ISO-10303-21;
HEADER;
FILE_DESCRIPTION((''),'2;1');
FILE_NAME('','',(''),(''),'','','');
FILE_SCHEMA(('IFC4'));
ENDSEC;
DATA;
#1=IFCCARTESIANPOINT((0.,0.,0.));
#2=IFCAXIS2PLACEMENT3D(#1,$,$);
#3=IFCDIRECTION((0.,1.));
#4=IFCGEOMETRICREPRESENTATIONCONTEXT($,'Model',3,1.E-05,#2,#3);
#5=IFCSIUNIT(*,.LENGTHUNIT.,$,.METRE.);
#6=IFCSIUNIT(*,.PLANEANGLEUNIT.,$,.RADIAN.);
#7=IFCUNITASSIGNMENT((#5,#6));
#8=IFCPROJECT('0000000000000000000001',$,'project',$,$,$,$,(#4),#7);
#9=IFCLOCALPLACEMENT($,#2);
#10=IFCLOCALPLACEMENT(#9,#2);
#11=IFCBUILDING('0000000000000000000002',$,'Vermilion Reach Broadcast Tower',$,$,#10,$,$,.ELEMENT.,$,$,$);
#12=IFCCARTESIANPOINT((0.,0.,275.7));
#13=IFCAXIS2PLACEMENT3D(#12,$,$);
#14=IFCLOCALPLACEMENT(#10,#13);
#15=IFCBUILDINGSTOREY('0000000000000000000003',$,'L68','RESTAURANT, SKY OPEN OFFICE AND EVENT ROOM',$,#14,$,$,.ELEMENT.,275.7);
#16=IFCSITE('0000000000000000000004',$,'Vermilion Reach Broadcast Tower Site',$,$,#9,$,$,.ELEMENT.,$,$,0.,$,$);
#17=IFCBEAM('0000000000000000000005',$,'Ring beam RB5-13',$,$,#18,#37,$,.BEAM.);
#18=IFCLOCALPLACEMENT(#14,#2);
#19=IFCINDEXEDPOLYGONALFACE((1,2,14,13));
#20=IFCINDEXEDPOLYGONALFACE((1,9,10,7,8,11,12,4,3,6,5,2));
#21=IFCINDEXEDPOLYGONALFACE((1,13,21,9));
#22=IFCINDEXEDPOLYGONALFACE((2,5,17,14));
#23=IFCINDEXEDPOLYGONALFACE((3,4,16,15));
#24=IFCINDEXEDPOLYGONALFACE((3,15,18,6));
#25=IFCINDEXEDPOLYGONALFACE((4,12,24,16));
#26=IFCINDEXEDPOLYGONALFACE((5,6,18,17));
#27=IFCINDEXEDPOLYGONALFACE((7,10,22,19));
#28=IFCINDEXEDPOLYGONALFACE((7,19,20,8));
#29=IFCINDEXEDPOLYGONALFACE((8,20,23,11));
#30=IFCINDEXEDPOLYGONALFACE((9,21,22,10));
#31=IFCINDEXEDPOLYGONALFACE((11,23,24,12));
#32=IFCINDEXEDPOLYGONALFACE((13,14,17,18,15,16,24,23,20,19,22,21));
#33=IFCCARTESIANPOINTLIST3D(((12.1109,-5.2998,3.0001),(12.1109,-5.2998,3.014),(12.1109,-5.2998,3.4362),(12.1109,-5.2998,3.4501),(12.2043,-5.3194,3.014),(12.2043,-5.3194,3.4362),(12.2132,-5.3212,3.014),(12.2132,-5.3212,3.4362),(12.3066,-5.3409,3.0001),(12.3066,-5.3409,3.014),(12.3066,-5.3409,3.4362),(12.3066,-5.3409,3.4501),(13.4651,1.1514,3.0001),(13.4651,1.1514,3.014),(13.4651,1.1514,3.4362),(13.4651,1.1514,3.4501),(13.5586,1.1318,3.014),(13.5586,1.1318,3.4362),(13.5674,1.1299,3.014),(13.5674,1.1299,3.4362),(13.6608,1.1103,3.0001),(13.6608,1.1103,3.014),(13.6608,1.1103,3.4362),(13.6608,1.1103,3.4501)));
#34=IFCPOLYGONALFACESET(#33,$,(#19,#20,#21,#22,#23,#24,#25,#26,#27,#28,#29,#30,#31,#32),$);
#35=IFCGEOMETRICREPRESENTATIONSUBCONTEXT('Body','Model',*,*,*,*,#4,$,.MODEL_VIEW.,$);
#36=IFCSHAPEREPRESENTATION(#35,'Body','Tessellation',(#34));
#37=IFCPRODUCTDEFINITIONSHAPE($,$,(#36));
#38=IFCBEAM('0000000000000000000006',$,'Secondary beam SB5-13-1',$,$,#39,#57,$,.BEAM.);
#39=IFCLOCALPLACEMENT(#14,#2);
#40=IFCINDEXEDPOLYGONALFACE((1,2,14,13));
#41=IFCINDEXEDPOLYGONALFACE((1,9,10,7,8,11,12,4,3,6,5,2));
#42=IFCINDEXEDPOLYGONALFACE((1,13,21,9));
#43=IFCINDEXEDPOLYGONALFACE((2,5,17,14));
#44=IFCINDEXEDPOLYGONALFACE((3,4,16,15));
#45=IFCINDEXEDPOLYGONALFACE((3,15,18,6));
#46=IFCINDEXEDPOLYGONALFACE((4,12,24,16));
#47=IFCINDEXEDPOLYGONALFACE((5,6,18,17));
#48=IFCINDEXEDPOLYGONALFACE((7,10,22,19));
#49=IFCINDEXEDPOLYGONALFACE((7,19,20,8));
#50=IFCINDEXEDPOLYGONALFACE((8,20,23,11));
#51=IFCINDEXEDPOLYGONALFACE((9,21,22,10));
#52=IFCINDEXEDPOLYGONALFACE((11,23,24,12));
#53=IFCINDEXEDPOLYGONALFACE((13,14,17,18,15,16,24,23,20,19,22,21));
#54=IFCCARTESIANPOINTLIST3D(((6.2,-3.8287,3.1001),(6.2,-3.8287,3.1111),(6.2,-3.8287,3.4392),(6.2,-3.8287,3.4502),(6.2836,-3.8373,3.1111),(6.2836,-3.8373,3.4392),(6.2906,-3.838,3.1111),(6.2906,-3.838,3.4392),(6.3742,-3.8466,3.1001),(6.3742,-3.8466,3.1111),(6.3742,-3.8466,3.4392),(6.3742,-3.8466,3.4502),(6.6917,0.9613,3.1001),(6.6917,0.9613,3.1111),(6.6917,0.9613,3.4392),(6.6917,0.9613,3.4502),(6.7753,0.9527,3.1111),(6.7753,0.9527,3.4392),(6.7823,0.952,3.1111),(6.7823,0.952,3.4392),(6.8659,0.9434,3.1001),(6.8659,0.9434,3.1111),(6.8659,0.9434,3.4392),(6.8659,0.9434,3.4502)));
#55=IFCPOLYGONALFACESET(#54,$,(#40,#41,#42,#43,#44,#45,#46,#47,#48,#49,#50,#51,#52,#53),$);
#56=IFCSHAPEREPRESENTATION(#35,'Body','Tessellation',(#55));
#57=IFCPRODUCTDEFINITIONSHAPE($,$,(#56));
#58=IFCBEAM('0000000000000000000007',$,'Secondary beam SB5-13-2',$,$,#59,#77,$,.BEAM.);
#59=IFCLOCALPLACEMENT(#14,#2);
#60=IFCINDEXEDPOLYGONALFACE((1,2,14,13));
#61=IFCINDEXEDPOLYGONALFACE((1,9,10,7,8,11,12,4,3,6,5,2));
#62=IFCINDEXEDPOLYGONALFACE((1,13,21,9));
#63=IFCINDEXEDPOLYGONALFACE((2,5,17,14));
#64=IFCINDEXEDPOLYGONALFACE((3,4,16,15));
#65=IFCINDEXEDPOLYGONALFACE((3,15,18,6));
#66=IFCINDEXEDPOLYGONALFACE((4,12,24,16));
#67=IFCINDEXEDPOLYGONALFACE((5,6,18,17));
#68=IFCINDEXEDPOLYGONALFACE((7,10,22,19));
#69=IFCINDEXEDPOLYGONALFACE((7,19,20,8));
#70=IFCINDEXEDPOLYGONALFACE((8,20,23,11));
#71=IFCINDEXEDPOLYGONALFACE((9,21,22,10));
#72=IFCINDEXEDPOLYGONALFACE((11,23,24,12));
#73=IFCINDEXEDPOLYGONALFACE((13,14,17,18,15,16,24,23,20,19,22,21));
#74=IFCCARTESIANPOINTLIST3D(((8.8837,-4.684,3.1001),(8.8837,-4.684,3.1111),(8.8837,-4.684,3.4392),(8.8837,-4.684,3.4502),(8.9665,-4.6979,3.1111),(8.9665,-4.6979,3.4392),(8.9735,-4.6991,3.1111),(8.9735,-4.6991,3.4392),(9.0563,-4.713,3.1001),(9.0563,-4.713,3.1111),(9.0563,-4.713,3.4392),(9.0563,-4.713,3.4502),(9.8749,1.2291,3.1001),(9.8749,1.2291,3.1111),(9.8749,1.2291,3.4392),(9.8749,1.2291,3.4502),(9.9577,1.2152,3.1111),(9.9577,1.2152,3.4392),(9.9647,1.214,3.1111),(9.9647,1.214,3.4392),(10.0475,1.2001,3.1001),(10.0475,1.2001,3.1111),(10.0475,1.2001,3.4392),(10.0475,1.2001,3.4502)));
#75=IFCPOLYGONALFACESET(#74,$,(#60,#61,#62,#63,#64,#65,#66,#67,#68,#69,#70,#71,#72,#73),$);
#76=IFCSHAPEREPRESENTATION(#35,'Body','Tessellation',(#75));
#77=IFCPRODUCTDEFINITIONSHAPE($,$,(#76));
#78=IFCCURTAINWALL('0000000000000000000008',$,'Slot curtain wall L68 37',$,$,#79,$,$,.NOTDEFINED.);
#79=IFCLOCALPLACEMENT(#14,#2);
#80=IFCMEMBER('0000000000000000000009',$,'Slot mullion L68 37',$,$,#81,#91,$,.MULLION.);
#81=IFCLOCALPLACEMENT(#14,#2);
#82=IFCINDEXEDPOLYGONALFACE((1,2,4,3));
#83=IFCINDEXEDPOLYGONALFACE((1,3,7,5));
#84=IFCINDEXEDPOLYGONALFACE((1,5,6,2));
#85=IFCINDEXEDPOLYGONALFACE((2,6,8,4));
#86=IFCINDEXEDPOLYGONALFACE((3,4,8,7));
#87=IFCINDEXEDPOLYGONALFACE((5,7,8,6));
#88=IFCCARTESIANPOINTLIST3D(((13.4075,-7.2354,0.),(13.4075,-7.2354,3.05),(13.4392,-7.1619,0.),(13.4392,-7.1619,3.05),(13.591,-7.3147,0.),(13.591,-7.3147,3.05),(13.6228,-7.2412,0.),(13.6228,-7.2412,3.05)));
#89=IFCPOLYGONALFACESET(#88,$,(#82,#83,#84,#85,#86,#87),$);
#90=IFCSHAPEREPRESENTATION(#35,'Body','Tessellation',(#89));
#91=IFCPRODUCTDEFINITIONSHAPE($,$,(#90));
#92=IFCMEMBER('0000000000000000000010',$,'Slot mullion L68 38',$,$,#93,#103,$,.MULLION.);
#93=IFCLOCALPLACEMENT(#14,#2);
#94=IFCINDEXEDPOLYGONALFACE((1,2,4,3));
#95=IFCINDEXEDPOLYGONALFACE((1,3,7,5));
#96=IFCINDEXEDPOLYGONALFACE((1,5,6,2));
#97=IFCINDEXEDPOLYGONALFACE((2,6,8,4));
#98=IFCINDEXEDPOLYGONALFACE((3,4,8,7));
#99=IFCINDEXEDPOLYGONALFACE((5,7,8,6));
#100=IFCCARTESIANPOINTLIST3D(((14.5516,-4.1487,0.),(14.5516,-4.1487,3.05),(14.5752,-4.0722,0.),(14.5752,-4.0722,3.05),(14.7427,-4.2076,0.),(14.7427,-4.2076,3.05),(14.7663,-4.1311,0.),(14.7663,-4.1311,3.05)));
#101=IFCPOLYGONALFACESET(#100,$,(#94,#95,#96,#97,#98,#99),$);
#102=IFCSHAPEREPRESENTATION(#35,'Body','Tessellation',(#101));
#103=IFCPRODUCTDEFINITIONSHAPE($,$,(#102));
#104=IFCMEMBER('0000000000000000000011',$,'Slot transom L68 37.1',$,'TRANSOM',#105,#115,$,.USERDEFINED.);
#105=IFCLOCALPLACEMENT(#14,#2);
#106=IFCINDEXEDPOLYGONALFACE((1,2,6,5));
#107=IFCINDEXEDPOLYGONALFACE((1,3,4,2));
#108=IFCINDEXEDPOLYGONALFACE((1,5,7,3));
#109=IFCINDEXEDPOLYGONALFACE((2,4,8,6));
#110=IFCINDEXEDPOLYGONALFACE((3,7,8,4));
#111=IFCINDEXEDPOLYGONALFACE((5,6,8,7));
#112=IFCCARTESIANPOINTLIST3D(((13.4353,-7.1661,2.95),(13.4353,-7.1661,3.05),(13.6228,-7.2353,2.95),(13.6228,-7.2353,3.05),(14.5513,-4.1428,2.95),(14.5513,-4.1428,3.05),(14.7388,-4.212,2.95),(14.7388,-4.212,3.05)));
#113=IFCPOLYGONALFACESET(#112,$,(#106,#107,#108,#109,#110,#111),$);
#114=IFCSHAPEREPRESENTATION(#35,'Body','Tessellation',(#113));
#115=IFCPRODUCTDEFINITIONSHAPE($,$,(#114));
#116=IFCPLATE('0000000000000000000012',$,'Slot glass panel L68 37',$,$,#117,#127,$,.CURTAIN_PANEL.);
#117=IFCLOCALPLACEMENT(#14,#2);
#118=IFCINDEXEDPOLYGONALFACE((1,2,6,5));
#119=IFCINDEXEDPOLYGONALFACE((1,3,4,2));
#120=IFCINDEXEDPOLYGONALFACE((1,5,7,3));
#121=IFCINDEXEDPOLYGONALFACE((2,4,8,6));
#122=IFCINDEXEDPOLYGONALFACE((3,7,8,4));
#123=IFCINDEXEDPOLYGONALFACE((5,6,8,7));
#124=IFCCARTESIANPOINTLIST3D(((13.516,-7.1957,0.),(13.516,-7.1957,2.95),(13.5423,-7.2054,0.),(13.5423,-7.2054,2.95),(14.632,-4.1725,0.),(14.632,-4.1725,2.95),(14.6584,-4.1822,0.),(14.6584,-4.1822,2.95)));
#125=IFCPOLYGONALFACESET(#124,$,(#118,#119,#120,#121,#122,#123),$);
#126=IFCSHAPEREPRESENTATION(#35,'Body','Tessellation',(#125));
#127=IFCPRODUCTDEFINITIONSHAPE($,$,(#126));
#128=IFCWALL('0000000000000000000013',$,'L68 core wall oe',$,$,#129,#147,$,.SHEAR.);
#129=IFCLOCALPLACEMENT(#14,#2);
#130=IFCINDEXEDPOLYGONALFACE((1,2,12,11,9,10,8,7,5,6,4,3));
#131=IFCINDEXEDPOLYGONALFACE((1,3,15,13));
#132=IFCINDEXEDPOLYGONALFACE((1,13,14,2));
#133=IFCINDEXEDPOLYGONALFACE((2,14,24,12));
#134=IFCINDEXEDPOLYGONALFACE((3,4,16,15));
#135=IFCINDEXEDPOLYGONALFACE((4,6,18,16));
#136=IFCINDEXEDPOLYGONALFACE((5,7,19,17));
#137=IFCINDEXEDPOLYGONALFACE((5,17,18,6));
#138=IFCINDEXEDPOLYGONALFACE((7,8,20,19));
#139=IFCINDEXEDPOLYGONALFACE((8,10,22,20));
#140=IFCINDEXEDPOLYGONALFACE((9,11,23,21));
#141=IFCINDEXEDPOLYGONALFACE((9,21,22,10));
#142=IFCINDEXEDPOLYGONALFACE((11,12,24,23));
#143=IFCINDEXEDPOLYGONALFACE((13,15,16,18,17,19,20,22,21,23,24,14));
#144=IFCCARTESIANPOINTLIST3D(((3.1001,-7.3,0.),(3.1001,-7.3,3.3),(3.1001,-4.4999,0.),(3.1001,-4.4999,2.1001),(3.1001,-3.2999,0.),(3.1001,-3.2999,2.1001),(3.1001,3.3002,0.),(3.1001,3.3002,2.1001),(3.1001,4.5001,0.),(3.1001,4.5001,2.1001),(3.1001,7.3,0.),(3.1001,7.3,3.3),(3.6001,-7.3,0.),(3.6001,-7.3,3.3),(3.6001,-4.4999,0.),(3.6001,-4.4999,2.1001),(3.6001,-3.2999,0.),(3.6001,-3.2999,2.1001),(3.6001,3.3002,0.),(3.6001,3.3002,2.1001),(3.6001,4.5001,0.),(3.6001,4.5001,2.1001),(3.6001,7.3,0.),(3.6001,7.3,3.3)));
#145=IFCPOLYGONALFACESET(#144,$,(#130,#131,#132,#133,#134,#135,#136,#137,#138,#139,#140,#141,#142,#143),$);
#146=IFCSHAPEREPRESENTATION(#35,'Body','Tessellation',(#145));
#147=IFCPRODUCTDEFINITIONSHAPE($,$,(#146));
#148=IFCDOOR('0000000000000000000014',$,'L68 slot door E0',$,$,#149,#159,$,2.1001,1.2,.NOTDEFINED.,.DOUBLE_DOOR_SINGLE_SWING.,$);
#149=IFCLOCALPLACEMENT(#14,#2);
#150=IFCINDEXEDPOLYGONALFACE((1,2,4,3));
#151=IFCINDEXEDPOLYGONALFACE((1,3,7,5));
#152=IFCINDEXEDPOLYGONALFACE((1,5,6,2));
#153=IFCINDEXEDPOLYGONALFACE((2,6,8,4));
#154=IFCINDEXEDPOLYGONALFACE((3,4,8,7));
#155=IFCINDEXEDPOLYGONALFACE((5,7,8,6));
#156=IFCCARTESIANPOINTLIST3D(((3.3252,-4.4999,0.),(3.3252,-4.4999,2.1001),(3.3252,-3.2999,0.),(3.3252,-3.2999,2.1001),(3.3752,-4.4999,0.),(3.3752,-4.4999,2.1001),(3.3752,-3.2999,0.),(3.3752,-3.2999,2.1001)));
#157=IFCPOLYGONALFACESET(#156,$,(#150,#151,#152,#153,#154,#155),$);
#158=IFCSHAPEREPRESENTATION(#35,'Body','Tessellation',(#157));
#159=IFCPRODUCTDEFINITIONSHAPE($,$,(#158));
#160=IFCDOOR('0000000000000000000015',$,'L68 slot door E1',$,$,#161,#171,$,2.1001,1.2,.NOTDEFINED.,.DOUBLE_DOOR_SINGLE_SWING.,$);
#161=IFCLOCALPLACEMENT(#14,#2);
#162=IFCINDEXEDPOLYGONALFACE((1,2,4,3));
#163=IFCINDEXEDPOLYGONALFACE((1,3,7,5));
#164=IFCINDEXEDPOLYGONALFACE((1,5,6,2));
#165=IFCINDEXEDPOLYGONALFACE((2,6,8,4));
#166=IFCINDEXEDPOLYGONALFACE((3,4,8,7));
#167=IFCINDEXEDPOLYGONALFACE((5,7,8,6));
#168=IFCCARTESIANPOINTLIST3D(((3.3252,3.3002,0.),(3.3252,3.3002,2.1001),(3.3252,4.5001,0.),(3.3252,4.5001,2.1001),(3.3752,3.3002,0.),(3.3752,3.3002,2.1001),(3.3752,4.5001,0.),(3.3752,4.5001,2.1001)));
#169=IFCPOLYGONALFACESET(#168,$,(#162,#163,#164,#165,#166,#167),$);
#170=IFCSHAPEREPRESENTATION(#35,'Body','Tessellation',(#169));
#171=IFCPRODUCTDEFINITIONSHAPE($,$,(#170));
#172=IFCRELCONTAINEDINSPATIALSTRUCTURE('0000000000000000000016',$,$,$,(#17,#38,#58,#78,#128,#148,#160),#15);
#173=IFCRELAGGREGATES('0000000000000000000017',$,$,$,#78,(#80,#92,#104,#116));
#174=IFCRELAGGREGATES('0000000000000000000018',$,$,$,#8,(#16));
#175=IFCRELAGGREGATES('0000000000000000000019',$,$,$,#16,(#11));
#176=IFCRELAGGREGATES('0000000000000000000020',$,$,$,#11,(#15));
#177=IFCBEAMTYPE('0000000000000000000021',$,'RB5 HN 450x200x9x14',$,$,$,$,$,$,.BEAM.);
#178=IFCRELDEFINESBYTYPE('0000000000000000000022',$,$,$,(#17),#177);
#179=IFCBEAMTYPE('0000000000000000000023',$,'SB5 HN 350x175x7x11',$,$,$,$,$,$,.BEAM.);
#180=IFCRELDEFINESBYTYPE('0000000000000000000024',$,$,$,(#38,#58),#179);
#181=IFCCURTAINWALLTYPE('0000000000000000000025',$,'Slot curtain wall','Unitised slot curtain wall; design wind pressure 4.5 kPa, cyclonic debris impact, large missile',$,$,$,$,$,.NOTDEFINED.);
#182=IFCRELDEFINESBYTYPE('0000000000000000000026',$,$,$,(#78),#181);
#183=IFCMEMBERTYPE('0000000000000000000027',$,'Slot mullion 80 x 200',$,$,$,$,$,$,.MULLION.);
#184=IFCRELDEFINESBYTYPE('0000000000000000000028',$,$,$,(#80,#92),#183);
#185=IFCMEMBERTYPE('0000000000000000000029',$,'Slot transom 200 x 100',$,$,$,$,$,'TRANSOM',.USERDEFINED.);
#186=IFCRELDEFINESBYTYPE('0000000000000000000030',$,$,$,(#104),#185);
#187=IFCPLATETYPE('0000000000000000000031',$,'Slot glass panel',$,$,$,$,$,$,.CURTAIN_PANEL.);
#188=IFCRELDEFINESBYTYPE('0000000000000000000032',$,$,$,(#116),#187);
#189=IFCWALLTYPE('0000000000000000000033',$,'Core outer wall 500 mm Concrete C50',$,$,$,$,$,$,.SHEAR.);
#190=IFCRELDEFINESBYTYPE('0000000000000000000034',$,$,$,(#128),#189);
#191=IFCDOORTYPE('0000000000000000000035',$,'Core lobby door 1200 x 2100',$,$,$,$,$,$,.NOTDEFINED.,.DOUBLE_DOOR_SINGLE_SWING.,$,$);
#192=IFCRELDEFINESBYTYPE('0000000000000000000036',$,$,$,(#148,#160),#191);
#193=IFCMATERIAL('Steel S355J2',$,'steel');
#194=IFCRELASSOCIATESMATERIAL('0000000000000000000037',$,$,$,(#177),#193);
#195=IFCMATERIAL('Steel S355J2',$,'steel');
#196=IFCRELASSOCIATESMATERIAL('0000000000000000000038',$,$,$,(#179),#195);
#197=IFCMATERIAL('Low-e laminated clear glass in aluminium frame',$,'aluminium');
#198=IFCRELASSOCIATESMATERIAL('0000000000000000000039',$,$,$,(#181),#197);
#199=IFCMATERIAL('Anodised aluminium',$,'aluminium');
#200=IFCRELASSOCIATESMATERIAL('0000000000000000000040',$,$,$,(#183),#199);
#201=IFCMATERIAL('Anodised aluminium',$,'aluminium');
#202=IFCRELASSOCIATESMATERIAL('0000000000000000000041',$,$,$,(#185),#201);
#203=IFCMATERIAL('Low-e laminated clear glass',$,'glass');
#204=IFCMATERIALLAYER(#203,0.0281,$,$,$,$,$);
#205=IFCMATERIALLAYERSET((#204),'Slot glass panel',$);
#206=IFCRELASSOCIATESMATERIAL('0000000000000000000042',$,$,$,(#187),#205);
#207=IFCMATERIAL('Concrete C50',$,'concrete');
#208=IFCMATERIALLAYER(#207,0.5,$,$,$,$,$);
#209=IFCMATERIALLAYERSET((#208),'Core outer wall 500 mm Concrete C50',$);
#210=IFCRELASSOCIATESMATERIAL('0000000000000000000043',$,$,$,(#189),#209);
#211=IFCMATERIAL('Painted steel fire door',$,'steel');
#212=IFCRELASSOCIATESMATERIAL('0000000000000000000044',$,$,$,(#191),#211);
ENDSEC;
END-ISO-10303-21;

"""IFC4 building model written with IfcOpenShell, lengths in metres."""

from ifc_helpers import new_model, si_unit, direction, frame, frame_2d, origin, origin_2d, place, context, subcontext, project, spatial, rectangle, i_section, extrude, material, layer, layer_set, material_profile, profile_set, type_object, element, fill, aggregate, save


model = new_model("IFC4")

# Units and contexts
model_context = context("Model", 3, precision=1e-05, world=origin(), true_north=direction((0.0, 1.0)))
body_context = subcontext(model_context, "Body", "Model", "MODEL_VIEW")
ifc_project = project(units=[si_unit("LENGTHUNIT", "METRE"), si_unit("PLANEANGLEUNIT", "RADIAN")], contexts=[model_context])

# Site, building, storey
site_placement = place(None, origin())
site = spatial("IfcSite", under=ifc_project, at=site_placement, Name="Vermilion Reach Broadcast Tower Site", CompositionType="ELEMENT", RefElevation=0.0)
building_placement = place(site_placement, origin())
building = spatial("IfcBuilding", under=site, at=building_placement, Name="Vermilion Reach Broadcast Tower", CompositionType="ELEMENT")
storey_placement = place(building_placement, frame((0.0, 0.0, 275.7)))
storey = spatial("IfcBuildingStorey", under=building, at=storey_placement, Name="L68", Description="RESTAURANT, SKY OPEN OFFICE AND EVENT ROOM", CompositionType="ELEMENT", Elevation=275.7)

# Beams
ifc_material_1 = material(Name="Steel S355J2", Category="steel")
ifc_material_profile_1 = material_profile(ifc_material_1, i_section(OverallWidth=0.2, OverallDepth=0.45, WebThickness=0.009, FlangeThickness=0.0139, at=origin_2d()), Name="S355J2 HN 450x200x9x14")
ifc_profile_set_1 = profile_set([ifc_material_profile_1], Name="Steel S355J2")
beam_type_1 = type_object("IfcBeamType", Name="RB5 HN 450x200x9x14", PredefinedType="BEAM", material=ifc_profile_set_1)
beam_1_placement = place(storey_placement, frame((12.2087, -5.3203, 3.2251), z_axis=(0.205445, 0.978669, 0.0), x_axis=(-0.978669, 0.205445, 0.0)))
element("IfcBeam", 1, at=beam_1_placement, inside=storey, type_object=beam_type_1, Name="Ring beam RB5-13", PredefinedType="BEAM", context=body_context, shape_type="SweptSolid", body=[
    extrude(i_section(OverallWidth=0.2, OverallDepth=0.45, WebThickness=0.009, FlangeThickness=0.0139, at=origin_2d()), origin(), (0.0, 0.0, 1.0), 6.5918),
])
ifc_material_2 = material(Name="Steel S355J2", Category="steel")
ifc_material_profile_2 = material_profile(ifc_material_2, i_section(OverallWidth=0.175, OverallDepth=0.3501, WebThickness=0.0071, FlangeThickness=0.011, at=origin_2d()), Name="S355J2 HN 350x175x7x11")
ifc_profile_set_2 = profile_set([ifc_material_profile_2], Name="Steel S355J2")
beam_type_2 = type_object("IfcBeamType", Name="SB5 HN 350x175x7x11", PredefinedType="BEAM", material=ifc_profile_set_2)
beam_2_placement = place(storey_placement, frame((6.2871, -3.8376, 3.2751), z_axis=(0.102114, 0.994773, 0.0), x_axis=(-0.994773, 0.102114, 0.0)))
element("IfcBeam", 2, at=beam_2_placement, inside=storey, type_object=beam_type_2, Name="Secondary beam SB5-13-1", PredefinedType="BEAM", context=body_context, shape_type="SweptSolid", body=[
    extrude(i_section(OverallWidth=0.175, OverallDepth=0.3501, WebThickness=0.0071, FlangeThickness=0.011, at=origin_2d()), origin(), (0.0, 0.0, 1.0), 4.8152),
])
beam_3_placement = place(storey_placement, frame((8.97, -4.6985, 3.2751), z_axis=(0.165323, 0.986239, 0.0), x_axis=(-0.986239, 0.165323, 0.0)))
element("IfcBeam", 3, at=beam_3_placement, inside=storey, type_object=beam_type_2, Name="Secondary beam SB5-13-2", PredefinedType="BEAM", context=body_context, shape_type="SweptSolid", body=[
    extrude(i_section(OverallWidth=0.175, OverallDepth=0.3501, WebThickness=0.0071, FlangeThickness=0.011, at=origin_2d()), origin(), (0.0, 0.0, 1.0), 5.9956),
])

# Curtain wall, members, plate
ifc_material_3 = material(Name="Low-e laminated clear glass in aluminium frame", Category="aluminium")
curtain_wall_type = type_object("IfcCurtainWallType", Name="Slot curtain wall", Description="Unitised slot curtain wall; design wind pressure 4.5 kPa, cyclonic debris impact, large missile", PredefinedType="NOTDEFINED", material=ifc_material_3)
curtain_wall_placement = place(storey_placement, origin())
curtain_wall = element("IfcCurtainWall", 4, at=curtain_wall_placement, inside=storey, type_object=curtain_wall_type, Name="Slot curtain wall L68 37", PredefinedType="NOTDEFINED")
ifc_material_4 = material(Name="Anodised aluminium", Category="aluminium")
ifc_material_profile_3 = material_profile(ifc_material_4, rectangle(XDim=0.2, YDim=0.0801, at=origin_2d()), Name="Slot mullion 80 x 200")
ifc_profile_set_3 = profile_set([ifc_material_profile_3], Name="Anodised aluminium")
member_type_1 = type_object("IfcMemberType", Name="Slot mullion 80 x 200", PredefinedType="MULLION", material=ifc_profile_set_3)
member_1_placement = place(storey_placement, frame((13.5151, -7.2383, 0.0), z_axis=(0.0, 0.0, 1.0), x_axis=(-0.918073, 0.396412, 0.0)))
member_1 = element("IfcMember", 5, at=member_1_placement, type_object=member_type_1, Name="Slot mullion L68 37", PredefinedType="MULLION", context=body_context, shape_type="SweptSolid", body=[
    extrude(rectangle(XDim=0.2, YDim=0.0801, at=origin_2d()), origin(), (0.0, 0.0, 1.0), 3.05),
])
member_2_placement = place(storey_placement, frame((14.6589, -4.1399, 0.0), z_axis=(0.0, 0.0, 1.0), x_axis=(-0.955695, 0.294358, 0.0)))
member_2 = element("IfcMember", 6, at=member_2_placement, type_object=member_type_1, Name="Slot mullion L68 38", PredefinedType="MULLION", context=body_context, shape_type="SweptSolid", body=[
    extrude(rectangle(XDim=0.2, YDim=0.0801, at=origin_2d()), origin(), (0.0, 0.0, 1.0), 3.05),
])
ifc_material_5 = material(Name="Anodised aluminium", Category="aluminium")
ifc_material_profile_4 = material_profile(ifc_material_5, rectangle(XDim=0.2, YDim=0.1001, at=origin_2d()), Name="Slot transom 200 x 100")
ifc_profile_set_4 = profile_set([ifc_material_profile_4], Name="Anodised aluminium")
member_type_2 = type_object("IfcMemberType", Name="Slot transom 200 x 100", ElementType="TRANSOM", PredefinedType="USERDEFINED", material=ifc_profile_set_4)
member_3_placement = place(storey_placement, frame((13.5291, -7.2007, 3.0), z_axis=(0.346295, 0.938126, 0.0), x_axis=(-0.938126, 0.346295, 0.0)))
member_3 = element("IfcMember", 7, at=member_3_placement, type_object=member_type_2, Name="Slot transom L68 37.1", ObjectType="TRANSOM", PredefinedType="USERDEFINED", context=body_context, shape_type="SweptSolid", body=[
    extrude(rectangle(XDim=0.2, YDim=0.1001, at=origin_2d()), origin(), (0.0, 0.0, 1.0), 3.2227),
])
ifc_material_6 = material(Name="Low-e laminated clear glass", Category="glass")
ifc_layer_1 = layer(ifc_material_6, 0.0281)
ifc_layer_set_1 = layer_set([ifc_layer_1], Name="Slot glass panel")
plate_type = type_object("IfcPlateType", Name="Slot glass panel", PredefinedType="CURTAIN_PANEL", material=ifc_layer_set_1)
plate_placement = place(storey_placement, frame((14.0872, -5.689, 0.0), z_axis=(0.0, 0.0, 1.0), x_axis=(0.346321, 0.938116, 0.0)))
plate = element("IfcPlate", 8, at=plate_placement, type_object=plate_type, Name="Slot glass panel L68 37", PredefinedType="CURTAIN_PANEL", context=body_context, shape_type="SweptSolid", body=[
    extrude(rectangle(XDim=3.2227, YDim=0.0281, at=origin_2d()), origin(), (0.0, 0.0, 1.0), 2.95),
])
aggregate(curtain_wall, [member_1, member_2, member_3, plate])

# Wall, openings, doors
ifc_material_7 = material(Name="Concrete C50", Category="concrete")
ifc_layer_2 = layer(ifc_material_7, 0.5)
ifc_layer_set_2 = layer_set([ifc_layer_2], Name="Core outer wall 500 mm Concrete C50")
wall_type_1 = type_object("IfcWallType", Name="Core outer wall 500 mm Concrete C50", PredefinedType="SHEAR", material=ifc_layer_set_2)
wall_1_placement = place(storey_placement, frame((3.3501, -7.3, 0.0), z_axis=(0.0, 0.0, 1.0), x_axis=(0.0, 1.0, 0.0)))
wall_1 = element("IfcWall", 9, at=wall_1_placement, inside=storey, type_object=wall_type_1, Name="L68 core wall oe", PredefinedType="SHEAR", context=body_context, shape_type="SweptSolid", body=[
    extrude(rectangle(XDim=14.6001, YDim=0.5, at=frame_2d((7.3, 0.0))), origin(), (0.0, 0.0, 1.0), 3.3),
])
opening_1_placement = place(wall_1_placement, frame((2.8, 0.0, 0.0)))
opening_1 = element("IfcOpeningElement", 10, at=opening_1_placement, cuts=wall_1, PredefinedType="OPENING", context=body_context, shape_type="SweptSolid", body=[
    extrude(rectangle(XDim=1.2, YDim=2.1001, at=frame_2d((0.6001, 1.05))), frame((0.0, 0.26, 0.0), z_axis=(0.0, -1.0, 0.0), x_axis=(1.0, 0.0, 0.0)), (0.0, 0.0, 1.0), 0.52),
])
opening_2_placement = place(wall_1_placement, frame((10.6001, 0.0, 0.0)))
opening_2 = element("IfcOpeningElement", 11, at=opening_2_placement, cuts=wall_1, PredefinedType="OPENING", context=body_context, shape_type="SweptSolid", body=[
    extrude(rectangle(XDim=1.2, YDim=2.1001, at=frame_2d((0.6001, 1.05))), frame((0.0, 0.26, 0.0), z_axis=(0.0, -1.0, 0.0), x_axis=(1.0, 0.0, 0.0)), (0.0, 0.0, 1.0), 0.52),
])
ifc_material_8 = material(Name="Painted steel fire door", Category="steel")
door_type = type_object("IfcDoorType", Name="Core lobby door 1200 x 2100", OperationType="DOUBLE_DOOR_SINGLE_SWING", PredefinedType="NOTDEFINED", material=ifc_material_8)
door_1_placement = place(opening_1_placement, origin())
door_1 = element("IfcDoor", 12, at=door_1_placement, inside=storey, type_object=door_type, Name="L68 slot door E0", OperationType="DOUBLE_DOOR_SINGLE_SWING", OverallHeight=2.1001, OverallWidth=1.2, PredefinedType="NOTDEFINED", context=body_context, shape_type="SweptSolid", body=[
    extrude(rectangle(XDim=1.2, YDim=2.1001, at=frame_2d((0.6001, 1.05))), frame((0.0, 0.0249, 0.0), z_axis=(0.0, -1.0, 0.0), x_axis=(1.0, 0.0, 0.0)), (0.0, 0.0, 1.0), 0.05),
])
fill(opening_1, door_1)
door_2_placement = place(opening_2_placement, origin())
door_2 = element("IfcDoor", 13, at=door_2_placement, inside=storey, type_object=door_type, Name="L68 slot door E1", OperationType="DOUBLE_DOOR_SINGLE_SWING", OverallHeight=2.1001, OverallWidth=1.2, PredefinedType="NOTDEFINED", context=body_context, shape_type="SweptSolid", body=[
    extrude(rectangle(XDim=1.2, YDim=2.1001, at=frame_2d((0.6001, 1.05))), frame((0.0, 0.0249, 0.0), z_axis=(0.0, -1.0, 0.0), x_axis=(1.0, 0.0, 0.0)), (0.0, 0.0, 1.0), 0.05),
])
fill(opening_2, door_2)

save(model, "model.ifc")
